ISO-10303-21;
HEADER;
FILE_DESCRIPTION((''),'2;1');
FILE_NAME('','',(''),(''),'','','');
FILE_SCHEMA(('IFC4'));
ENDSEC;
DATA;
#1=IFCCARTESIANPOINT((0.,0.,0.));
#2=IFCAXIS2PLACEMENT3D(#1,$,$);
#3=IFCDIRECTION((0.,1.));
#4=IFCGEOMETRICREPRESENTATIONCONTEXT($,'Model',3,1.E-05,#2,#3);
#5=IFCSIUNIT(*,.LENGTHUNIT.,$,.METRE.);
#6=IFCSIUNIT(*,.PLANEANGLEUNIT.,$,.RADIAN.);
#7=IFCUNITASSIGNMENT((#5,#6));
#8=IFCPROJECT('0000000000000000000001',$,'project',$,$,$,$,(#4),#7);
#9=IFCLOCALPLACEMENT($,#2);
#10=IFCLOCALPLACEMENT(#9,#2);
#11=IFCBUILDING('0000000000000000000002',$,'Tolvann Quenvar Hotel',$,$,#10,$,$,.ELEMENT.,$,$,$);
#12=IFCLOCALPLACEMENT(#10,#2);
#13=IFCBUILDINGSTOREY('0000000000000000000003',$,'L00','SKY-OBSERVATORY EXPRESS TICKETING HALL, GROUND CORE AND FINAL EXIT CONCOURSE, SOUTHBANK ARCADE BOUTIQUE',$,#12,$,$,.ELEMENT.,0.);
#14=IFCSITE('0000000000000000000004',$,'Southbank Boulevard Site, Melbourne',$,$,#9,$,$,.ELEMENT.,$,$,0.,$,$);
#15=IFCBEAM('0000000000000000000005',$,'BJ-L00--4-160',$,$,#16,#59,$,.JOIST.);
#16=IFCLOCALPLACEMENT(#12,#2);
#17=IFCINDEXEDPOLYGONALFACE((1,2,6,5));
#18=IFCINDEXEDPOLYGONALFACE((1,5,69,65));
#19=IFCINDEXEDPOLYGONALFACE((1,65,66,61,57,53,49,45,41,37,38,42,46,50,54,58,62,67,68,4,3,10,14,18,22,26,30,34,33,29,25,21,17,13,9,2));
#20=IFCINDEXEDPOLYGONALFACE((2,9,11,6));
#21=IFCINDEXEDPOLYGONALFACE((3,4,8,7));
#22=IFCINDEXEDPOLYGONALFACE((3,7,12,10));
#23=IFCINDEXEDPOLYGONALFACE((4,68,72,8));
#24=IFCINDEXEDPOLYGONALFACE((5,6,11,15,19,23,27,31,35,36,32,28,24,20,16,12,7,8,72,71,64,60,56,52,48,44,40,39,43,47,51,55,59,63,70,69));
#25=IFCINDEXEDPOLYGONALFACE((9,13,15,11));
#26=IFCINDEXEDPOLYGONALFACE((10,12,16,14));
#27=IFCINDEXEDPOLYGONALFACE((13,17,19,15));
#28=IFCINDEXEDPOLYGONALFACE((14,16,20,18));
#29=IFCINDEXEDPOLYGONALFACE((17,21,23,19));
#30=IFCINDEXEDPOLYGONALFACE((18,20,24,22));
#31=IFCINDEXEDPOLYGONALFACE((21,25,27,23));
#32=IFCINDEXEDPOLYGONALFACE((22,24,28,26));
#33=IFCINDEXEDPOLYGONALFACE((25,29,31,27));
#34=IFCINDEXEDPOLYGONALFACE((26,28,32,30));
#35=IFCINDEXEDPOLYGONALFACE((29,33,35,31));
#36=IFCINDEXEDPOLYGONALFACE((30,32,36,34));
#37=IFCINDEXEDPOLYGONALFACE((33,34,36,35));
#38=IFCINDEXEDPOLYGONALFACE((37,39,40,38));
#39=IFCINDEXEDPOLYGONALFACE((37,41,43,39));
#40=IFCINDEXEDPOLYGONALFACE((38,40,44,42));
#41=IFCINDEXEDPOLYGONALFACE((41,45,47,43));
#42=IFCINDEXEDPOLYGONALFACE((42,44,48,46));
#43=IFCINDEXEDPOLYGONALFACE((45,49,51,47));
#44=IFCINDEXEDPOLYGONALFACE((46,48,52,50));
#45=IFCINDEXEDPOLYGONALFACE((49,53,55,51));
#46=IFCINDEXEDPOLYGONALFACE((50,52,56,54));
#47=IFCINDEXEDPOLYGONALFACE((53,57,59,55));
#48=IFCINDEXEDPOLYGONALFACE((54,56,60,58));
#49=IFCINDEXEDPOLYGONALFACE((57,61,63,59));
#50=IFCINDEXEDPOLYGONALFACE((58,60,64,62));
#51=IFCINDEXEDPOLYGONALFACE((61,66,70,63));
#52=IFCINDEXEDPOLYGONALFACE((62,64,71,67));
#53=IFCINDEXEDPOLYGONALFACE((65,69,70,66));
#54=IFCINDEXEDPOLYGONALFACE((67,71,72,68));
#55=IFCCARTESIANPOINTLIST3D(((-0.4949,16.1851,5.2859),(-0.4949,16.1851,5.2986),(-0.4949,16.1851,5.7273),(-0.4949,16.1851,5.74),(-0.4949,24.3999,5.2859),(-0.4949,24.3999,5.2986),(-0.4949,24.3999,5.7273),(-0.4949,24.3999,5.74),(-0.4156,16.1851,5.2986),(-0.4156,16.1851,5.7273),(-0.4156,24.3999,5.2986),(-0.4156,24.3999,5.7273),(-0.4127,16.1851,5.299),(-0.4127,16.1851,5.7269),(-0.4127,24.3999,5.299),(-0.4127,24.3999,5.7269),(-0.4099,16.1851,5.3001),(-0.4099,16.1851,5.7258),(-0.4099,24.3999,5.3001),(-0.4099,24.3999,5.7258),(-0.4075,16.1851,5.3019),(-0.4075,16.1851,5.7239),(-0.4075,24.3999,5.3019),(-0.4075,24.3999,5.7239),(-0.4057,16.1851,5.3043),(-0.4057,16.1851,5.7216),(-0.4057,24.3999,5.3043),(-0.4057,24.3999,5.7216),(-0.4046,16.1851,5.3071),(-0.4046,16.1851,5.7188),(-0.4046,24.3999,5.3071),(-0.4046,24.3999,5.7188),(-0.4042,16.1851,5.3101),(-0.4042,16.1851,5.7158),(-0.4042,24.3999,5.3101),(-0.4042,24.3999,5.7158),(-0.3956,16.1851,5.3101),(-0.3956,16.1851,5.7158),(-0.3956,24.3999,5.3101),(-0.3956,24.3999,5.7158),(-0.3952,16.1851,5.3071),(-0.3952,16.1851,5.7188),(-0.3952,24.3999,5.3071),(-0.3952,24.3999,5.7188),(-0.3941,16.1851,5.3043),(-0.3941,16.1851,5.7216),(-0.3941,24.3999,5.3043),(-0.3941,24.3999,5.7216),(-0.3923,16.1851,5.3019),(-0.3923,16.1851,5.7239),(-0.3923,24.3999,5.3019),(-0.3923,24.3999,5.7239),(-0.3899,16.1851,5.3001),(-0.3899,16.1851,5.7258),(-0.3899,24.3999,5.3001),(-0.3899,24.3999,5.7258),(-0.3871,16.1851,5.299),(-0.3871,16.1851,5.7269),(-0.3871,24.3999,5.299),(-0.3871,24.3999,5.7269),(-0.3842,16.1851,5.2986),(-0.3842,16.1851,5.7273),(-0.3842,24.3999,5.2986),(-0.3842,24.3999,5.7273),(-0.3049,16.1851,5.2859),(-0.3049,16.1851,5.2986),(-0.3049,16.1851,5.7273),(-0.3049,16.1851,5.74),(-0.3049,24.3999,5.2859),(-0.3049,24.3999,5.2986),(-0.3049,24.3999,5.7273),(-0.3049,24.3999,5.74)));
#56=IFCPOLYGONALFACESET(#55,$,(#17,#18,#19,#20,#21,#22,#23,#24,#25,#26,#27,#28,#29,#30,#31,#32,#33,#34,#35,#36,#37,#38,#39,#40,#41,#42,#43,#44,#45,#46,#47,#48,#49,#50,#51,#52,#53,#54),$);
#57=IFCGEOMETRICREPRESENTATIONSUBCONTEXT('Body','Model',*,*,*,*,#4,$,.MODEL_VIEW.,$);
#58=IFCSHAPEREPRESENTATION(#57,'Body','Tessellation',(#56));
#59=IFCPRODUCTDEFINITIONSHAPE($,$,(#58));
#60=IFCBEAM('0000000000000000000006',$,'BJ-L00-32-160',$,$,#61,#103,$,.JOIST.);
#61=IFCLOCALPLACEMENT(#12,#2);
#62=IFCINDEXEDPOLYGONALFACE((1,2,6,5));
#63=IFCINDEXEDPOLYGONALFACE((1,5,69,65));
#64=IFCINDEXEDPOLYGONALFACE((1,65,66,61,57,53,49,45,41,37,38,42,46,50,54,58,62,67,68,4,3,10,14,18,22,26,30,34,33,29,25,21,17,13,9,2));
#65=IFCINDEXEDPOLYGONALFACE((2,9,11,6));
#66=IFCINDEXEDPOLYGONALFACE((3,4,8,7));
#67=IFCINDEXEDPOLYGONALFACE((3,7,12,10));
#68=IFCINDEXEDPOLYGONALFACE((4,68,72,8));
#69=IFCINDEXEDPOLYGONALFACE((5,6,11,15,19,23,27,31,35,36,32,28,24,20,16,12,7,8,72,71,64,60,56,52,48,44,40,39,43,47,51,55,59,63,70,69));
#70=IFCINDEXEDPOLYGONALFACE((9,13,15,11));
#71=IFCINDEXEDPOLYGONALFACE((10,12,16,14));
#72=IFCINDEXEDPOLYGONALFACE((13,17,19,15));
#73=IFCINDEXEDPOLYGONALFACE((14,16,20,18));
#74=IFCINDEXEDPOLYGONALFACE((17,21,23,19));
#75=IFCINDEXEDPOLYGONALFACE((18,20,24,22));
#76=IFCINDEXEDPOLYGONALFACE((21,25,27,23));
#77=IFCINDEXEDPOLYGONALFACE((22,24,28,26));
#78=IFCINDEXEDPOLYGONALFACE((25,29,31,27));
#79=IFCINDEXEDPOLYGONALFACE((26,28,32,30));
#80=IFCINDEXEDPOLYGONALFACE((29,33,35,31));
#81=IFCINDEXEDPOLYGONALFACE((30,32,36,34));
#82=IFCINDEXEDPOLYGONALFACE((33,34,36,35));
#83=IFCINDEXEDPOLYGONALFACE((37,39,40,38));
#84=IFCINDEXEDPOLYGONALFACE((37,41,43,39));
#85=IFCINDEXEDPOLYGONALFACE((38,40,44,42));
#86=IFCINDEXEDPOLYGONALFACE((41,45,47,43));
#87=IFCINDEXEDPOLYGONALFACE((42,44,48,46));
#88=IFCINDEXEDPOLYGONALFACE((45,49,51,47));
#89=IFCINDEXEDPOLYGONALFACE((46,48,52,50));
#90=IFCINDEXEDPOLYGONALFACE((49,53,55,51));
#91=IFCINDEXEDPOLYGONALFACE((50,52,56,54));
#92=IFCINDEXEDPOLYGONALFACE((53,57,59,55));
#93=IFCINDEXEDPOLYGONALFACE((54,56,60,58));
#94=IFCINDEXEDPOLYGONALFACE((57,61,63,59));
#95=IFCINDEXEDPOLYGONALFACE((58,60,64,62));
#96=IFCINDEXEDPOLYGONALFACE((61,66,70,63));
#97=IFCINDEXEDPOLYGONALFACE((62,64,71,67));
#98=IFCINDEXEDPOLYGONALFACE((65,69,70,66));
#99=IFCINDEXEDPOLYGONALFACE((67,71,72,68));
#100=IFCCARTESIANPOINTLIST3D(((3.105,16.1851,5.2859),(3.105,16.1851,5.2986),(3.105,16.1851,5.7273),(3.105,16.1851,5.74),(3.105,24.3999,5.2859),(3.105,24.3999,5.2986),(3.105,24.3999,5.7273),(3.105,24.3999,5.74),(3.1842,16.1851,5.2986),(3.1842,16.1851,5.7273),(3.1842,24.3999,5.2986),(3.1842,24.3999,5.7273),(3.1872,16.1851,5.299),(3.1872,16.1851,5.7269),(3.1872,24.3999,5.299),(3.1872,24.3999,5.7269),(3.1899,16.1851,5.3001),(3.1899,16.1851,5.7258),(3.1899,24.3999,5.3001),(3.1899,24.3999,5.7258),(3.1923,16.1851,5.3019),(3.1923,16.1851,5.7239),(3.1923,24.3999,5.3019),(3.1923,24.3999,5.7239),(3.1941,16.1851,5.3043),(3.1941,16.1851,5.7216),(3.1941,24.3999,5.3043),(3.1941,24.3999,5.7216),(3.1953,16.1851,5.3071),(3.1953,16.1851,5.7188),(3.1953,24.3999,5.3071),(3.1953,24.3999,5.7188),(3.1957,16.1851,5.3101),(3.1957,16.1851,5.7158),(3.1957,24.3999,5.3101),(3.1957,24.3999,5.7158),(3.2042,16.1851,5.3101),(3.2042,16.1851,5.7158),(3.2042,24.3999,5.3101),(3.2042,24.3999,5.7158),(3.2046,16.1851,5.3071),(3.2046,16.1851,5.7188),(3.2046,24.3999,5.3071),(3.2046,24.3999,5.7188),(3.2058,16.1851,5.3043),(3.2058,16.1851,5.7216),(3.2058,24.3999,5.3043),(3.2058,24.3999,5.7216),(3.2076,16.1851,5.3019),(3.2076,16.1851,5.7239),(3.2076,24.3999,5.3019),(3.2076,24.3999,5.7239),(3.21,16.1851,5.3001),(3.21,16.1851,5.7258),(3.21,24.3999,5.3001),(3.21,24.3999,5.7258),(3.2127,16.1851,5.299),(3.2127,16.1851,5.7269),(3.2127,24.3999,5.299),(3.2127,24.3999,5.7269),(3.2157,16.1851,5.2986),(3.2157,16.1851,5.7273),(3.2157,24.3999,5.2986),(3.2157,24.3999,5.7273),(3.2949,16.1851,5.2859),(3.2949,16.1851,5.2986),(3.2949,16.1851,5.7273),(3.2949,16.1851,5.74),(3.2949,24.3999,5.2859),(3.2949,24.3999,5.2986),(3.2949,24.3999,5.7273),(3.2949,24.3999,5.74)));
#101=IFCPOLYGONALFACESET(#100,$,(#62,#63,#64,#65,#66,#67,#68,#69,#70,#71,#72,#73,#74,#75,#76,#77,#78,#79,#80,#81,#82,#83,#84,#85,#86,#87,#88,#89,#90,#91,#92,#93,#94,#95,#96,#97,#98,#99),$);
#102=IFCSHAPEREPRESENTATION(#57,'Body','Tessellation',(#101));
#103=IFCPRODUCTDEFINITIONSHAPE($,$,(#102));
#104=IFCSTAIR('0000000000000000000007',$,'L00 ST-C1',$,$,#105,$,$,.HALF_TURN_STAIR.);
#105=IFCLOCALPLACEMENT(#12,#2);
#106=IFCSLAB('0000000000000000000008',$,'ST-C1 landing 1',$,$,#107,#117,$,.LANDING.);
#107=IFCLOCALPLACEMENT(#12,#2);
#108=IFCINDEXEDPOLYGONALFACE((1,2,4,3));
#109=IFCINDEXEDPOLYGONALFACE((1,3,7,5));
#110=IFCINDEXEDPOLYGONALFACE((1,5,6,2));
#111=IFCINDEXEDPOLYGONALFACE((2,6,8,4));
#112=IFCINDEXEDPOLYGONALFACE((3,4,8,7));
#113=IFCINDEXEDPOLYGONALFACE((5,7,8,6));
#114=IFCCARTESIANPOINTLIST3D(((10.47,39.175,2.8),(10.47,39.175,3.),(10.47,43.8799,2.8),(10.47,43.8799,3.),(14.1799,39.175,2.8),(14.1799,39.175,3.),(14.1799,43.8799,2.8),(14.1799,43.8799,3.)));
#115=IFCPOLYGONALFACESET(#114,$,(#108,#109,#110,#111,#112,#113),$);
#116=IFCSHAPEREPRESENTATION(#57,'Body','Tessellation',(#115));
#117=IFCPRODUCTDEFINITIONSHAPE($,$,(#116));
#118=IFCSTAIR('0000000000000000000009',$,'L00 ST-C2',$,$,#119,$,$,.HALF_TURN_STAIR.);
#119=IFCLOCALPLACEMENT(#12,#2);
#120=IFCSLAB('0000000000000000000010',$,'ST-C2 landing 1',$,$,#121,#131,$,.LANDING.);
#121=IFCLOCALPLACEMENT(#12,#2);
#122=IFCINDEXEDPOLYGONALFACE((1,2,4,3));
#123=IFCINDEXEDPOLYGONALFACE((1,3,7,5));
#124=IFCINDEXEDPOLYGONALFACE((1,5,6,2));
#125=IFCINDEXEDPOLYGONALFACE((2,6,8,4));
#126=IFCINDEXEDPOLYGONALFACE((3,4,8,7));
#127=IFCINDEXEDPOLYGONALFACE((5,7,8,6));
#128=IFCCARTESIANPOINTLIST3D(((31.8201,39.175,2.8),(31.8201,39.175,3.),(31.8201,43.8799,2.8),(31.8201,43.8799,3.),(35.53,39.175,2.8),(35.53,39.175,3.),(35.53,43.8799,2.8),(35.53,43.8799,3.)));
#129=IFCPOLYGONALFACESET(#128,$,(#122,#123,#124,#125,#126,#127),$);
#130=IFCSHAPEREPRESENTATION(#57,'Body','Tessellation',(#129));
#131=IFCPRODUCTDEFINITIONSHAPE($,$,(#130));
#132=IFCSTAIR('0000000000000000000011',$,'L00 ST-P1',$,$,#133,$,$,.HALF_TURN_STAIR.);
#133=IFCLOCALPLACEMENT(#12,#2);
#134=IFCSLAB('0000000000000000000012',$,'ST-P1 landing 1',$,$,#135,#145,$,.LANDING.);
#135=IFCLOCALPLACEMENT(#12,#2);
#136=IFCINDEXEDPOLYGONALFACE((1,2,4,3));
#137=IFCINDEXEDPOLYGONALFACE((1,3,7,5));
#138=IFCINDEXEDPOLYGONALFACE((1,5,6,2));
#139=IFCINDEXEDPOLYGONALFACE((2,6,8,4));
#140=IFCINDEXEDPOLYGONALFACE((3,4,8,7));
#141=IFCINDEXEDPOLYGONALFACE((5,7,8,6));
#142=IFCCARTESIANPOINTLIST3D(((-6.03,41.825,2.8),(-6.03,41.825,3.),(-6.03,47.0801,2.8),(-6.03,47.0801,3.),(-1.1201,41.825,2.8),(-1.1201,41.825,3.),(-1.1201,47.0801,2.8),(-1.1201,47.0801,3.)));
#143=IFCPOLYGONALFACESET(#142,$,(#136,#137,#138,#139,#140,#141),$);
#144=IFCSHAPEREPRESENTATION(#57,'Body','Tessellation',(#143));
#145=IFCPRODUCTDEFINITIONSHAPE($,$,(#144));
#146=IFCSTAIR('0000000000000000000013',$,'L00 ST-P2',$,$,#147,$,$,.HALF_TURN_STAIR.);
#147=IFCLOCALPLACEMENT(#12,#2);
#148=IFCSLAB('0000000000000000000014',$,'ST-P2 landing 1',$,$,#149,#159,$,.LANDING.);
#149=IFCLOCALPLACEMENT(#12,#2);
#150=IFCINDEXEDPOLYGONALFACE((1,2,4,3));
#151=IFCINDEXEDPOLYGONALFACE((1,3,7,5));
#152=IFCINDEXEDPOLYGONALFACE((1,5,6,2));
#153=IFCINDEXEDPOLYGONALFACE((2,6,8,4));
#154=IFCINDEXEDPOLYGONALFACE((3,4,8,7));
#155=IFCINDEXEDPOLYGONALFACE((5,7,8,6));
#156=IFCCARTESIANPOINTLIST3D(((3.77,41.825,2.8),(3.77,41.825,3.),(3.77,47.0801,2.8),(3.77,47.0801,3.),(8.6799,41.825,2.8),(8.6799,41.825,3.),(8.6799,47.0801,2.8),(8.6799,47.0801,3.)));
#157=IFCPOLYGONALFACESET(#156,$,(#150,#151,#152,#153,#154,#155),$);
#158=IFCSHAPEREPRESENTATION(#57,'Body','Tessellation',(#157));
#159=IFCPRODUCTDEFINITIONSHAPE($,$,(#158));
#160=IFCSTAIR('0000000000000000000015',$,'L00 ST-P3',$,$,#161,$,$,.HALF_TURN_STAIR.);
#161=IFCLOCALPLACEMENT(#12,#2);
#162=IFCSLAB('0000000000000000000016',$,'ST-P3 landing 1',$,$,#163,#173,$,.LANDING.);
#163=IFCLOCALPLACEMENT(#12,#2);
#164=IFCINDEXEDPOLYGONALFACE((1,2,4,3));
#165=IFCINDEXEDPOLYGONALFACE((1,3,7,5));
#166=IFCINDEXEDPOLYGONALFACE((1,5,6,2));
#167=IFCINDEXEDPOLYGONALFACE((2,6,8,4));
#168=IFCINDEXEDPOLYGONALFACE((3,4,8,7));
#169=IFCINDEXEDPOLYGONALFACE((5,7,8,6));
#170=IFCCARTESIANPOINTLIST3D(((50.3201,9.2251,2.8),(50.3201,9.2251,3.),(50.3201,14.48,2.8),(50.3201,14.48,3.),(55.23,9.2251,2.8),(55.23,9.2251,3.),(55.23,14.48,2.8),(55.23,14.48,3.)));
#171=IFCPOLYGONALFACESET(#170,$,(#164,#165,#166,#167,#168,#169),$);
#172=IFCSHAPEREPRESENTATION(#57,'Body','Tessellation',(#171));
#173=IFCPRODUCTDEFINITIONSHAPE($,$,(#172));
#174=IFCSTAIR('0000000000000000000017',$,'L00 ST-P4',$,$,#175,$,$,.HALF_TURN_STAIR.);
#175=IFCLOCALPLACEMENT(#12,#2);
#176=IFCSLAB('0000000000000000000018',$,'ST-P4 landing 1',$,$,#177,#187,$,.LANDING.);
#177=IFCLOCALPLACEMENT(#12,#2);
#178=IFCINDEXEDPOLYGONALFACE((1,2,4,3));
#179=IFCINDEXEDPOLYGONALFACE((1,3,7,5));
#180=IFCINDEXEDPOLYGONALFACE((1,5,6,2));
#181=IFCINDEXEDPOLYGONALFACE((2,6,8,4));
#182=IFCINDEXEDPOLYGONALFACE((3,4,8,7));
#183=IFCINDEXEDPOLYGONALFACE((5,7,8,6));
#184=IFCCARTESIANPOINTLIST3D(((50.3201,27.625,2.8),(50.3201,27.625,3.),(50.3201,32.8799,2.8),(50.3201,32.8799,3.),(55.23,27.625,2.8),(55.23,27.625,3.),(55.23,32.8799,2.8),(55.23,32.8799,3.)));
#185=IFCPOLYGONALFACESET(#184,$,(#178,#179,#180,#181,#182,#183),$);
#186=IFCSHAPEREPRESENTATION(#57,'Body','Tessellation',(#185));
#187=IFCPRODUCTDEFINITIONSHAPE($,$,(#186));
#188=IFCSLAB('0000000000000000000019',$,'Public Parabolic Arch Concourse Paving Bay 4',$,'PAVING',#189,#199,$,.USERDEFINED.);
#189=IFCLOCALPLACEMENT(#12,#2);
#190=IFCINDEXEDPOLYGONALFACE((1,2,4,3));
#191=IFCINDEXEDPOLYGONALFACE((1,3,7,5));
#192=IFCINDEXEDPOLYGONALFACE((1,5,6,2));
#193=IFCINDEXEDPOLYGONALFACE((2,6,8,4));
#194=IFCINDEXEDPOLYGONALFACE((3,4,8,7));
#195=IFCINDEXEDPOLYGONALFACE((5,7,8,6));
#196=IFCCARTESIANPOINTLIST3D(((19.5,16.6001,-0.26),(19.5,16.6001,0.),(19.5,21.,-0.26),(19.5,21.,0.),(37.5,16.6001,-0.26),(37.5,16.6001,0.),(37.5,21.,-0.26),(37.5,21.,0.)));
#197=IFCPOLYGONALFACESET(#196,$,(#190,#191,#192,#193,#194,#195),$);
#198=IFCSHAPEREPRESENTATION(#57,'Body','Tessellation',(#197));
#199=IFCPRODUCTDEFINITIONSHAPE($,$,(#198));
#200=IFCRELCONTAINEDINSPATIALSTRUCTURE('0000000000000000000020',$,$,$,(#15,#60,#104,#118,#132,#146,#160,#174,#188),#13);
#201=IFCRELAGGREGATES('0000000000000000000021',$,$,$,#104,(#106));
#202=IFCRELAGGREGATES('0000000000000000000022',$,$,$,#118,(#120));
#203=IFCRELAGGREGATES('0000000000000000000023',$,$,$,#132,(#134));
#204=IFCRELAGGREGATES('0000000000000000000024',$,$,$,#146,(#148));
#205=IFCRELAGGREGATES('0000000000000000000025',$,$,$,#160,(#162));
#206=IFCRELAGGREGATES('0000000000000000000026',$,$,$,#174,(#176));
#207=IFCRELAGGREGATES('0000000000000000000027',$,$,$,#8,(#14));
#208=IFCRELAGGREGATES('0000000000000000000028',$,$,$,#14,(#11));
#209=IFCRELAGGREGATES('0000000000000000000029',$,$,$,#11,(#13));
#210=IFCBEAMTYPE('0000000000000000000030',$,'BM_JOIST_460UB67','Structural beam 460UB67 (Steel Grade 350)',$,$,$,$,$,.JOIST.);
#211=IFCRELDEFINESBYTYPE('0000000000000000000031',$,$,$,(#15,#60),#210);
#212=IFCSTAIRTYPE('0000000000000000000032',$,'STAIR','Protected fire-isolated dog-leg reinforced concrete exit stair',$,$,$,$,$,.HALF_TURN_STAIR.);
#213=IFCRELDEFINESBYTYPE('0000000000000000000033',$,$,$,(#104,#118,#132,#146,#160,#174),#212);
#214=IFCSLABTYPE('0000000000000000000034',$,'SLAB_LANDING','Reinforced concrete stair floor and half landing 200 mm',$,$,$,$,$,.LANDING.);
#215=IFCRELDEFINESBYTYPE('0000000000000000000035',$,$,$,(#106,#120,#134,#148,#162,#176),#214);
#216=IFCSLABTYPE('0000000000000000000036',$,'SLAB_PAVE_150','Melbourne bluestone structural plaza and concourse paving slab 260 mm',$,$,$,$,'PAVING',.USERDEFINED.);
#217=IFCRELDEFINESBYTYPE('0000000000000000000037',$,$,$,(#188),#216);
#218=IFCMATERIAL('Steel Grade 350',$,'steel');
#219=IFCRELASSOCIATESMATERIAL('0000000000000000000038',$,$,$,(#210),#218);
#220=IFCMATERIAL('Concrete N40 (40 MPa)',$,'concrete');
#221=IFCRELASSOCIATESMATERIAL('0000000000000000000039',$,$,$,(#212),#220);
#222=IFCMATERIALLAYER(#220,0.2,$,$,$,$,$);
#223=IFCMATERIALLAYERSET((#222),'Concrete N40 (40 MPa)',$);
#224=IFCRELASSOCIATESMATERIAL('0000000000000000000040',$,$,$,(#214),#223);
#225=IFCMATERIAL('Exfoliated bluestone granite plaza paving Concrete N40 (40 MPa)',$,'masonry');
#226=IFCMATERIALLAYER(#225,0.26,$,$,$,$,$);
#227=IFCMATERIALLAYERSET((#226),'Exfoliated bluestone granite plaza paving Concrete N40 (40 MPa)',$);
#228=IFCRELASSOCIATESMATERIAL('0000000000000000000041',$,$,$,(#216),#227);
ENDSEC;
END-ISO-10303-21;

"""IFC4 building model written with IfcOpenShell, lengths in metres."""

from ifc_helpers import new_model, si_unit, direction, frame, origin, origin_2d, place, context, subcontext, project, spatial, polyline, i_section, outline, extrude, source, transform, mapped, material, layer, layer_set, material_profile, profile_set, type_object, element, aggregate, save


model = new_model("IFC4")

# Units and contexts
model_context = context("Model", 3, precision=1e-05, world=origin(), true_north=direction((0.0, 1.0)))
body_context = subcontext(model_context, "Body", "Model", "MODEL_VIEW")
ifc_project = project(units=[si_unit("LENGTHUNIT", "METRE"), si_unit("PLANEANGLEUNIT", "RADIAN")], contexts=[model_context])

# Site, building, storey
site_placement = place(None, origin())
site = spatial("IfcSite", under=ifc_project, at=site_placement, Name="Southbank Boulevard Site, Melbourne", CompositionType="ELEMENT", RefElevation=0.0)
building_placement = place(site_placement, origin())
building = spatial("IfcBuilding", under=site, at=building_placement, Name="Tolvann Quenvar Hotel", CompositionType="ELEMENT")
storey_placement = place(building_placement, origin())
storey = spatial("IfcBuildingStorey", under=building, at=storey_placement, Name="L00", Description="SKY-OBSERVATORY EXPRESS TICKETING HALL, GROUND CORE AND FINAL EXIT CONCOURSE, SOUTHBANK ARCADE BOUTIQUE", CompositionType="ELEMENT", Elevation=0.0)

# Beams
ifc_material_1 = material(Name="Steel Grade 350", Category="steel")
ifc_material_profile_1 = material_profile(ifc_material_1, i_section(OverallWidth=0.1899, OverallDepth=0.4541, WebThickness=0.0085, FlangeThickness=0.0127, FilletRadius=0.0115, at=origin_2d()), Name="460UB67")
ifc_profile_set_1 = profile_set([ifc_material_profile_1], Name="Steel Grade 350")
beam_type_1 = type_object("IfcBeamType", Name="BM_JOIST_460UB67", Description="Structural beam 460UB67 (Steel Grade 350)", PredefinedType="JOIST", material=ifc_profile_set_1)
shared_shape_1 = source(origin(), body_context, "Body", "SweptSolid", [
    extrude(i_section(OverallWidth=0.1899, OverallDepth=0.4541, WebThickness=0.0085, FlangeThickness=0.0127, FilletRadius=0.0115, at=origin_2d()), origin(), (0.0, 0.0, 1.0), 8.2148),
])
for number, where, z_axis, x_axis, name in (
    (1, (-0.3999, 16.1851, 5.5129), (0.0, 1.0, 0.0), (-1.0, 0.0, 0.0), "BJ-L00--4-160"),
    (2, (3.2, 16.1851, 5.5129), (0.0, 1.0, 0.0), (-1.0, 0.0, 0.0), "BJ-L00-32-160"),
):
    element("IfcBeam", number, at=place(storey_placement, frame(where, z_axis=z_axis, x_axis=x_axis)), inside=storey, type_object=beam_type_1, Name=name, PredefinedType="JOIST", context=body_context, shape_type="MappedRepresentation", body=[
        mapped(shared_shape_1, transform((0.0, 0.0, 0.0), x_axis=(1.0, 0.0, 0.0), y_axis=(0.0, 1.0, 0.0), z_axis=(0.0, 0.0, 1.0), scale=1.0)),
    ])

# Stairs, slabs
ifc_material_2 = material(Name="Concrete N40 (40 MPa)", Category="concrete")
stair_type = type_object("IfcStairType", Name="STAIR", Description="Protected fire-isolated dog-leg reinforced concrete exit stair", PredefinedType="HALF_TURN_STAIR", material=ifc_material_2)
stair_1_placement = place(storey_placement, origin())
stair_1 = element("IfcStair", 3, at=stair_1_placement, inside=storey, type_object=stair_type, Name="L00 ST-C1", PredefinedType="HALF_TURN_STAIR")
ifc_layer_1 = layer(ifc_material_2, 0.2)
ifc_layer_set_1 = layer_set([ifc_layer_1], Name="Concrete N40 (40 MPa)")
slab_type_1 = type_object("IfcSlabType", Name="SLAB_LANDING", Description="Reinforced concrete stair floor and half landing 200 mm", PredefinedType="LANDING", material=ifc_layer_set_1)
slab_1_placement = place(storey_placement, frame((0.0, 0.0, 2.8)))
slab_1 = element("IfcSlab", 4, at=slab_1_placement, type_object=slab_type_1, Name="ST-C1 landing 1", PredefinedType="LANDING", context=body_context, shape_type="SweptSolid", body=[
    extrude(outline(polyline([(14.1799, 39.175), (14.1799, 43.8799), (10.47, 43.8799), (10.47, 39.175), (14.1799, 39.175)])), origin(), (0.0, 0.0, 1.0), 0.2),
])
aggregate(stair_1, [slab_1])
stair_2_placement = place(storey_placement, origin())
stair_2 = element("IfcStair", 5, at=stair_2_placement, inside=storey, type_object=stair_type, Name="L00 ST-C2", PredefinedType="HALF_TURN_STAIR")
slab_2_placement = place(storey_placement, frame((0.0, 0.0, 2.8)))
slab_2 = element("IfcSlab", 6, at=slab_2_placement, type_object=slab_type_1, Name="ST-C2 landing 1", PredefinedType="LANDING", context=body_context, shape_type="SweptSolid", body=[
    extrude(outline(polyline([(35.53, 39.175), (35.53, 43.8799), (31.8201, 43.8799), (31.8201, 39.175), (35.53, 39.175)])), origin(), (0.0, 0.0, 1.0), 0.2),
])
aggregate(stair_2, [slab_2])
stair_3_placement = place(storey_placement, origin())
stair_3 = element("IfcStair", 7, at=stair_3_placement, inside=storey, type_object=stair_type, Name="L00 ST-P1", PredefinedType="HALF_TURN_STAIR")
slab_3_placement = place(storey_placement, frame((0.0, 0.0, 2.8)))
slab_3 = element("IfcSlab", 8, at=slab_3_placement, type_object=slab_type_1, Name="ST-P1 landing 1", PredefinedType="LANDING", context=body_context, shape_type="SweptSolid", body=[
    extrude(outline(polyline([(-1.1201, 41.825), (-1.1201, 47.0801), (-6.03, 47.0801), (-6.03, 41.825), (-1.1201, 41.825)])), origin(), (0.0, 0.0, 1.0), 0.2),
])
aggregate(stair_3, [slab_3])
stair_4_placement = place(storey_placement, origin())
stair_4 = element("IfcStair", 9, at=stair_4_placement, inside=storey, type_object=stair_type, Name="L00 ST-P2", PredefinedType="HALF_TURN_STAIR")
slab_4_placement = place(storey_placement, frame((0.0, 0.0, 2.8)))
slab_4 = element("IfcSlab", 10, at=slab_4_placement, type_object=slab_type_1, Name="ST-P2 landing 1", PredefinedType="LANDING", context=body_context, shape_type="SweptSolid", body=[
    extrude(outline(polyline([(8.6799, 41.825), (8.6799, 47.0801), (3.77, 47.0801), (3.77, 41.825), (8.6799, 41.825)])), origin(), (0.0, 0.0, 1.0), 0.2),
])
aggregate(stair_4, [slab_4])
stair_5_placement = place(storey_placement, origin())
stair_5 = element("IfcStair", 11, at=stair_5_placement, inside=storey, type_object=stair_type, Name="L00 ST-P3", PredefinedType="HALF_TURN_STAIR")
slab_5_placement = place(storey_placement, frame((0.0, 0.0, 2.8)))
slab_5 = element("IfcSlab", 12, at=slab_5_placement, type_object=slab_type_1, Name="ST-P3 landing 1", PredefinedType="LANDING", context=body_context, shape_type="SweptSolid", body=[
    extrude(outline(polyline([(55.23, 9.2251), (55.23, 14.48), (50.3201, 14.48), (50.3201, 9.2251), (55.23, 9.2251)])), origin(), (0.0, 0.0, 1.0), 0.2),
])
aggregate(stair_5, [slab_5])
stair_6_placement = place(storey_placement, origin())
stair_6 = element("IfcStair", 13, at=stair_6_placement, inside=storey, type_object=stair_type, Name="L00 ST-P4", PredefinedType="HALF_TURN_STAIR")
slab_6_placement = place(storey_placement, frame((0.0, 0.0, 2.8)))
slab_6 = element("IfcSlab", 14, at=slab_6_placement, type_object=slab_type_1, Name="ST-P4 landing 1", PredefinedType="LANDING", context=body_context, shape_type="SweptSolid", body=[
    extrude(outline(polyline([(55.23, 27.625), (55.23, 32.8799), (50.3201, 32.8799), (50.3201, 27.625), (55.23, 27.625)])), origin(), (0.0, 0.0, 1.0), 0.2),
])
aggregate(stair_6, [slab_6])

# Slab
ifc_material_3 = material(Name="Exfoliated bluestone granite plaza paving Concrete N40 (40 MPa)", Category="masonry")
ifc_layer_2 = layer(ifc_material_3, 0.26)
ifc_layer_set_2 = layer_set([ifc_layer_2], Name="Exfoliated bluestone granite plaza paving Concrete N40 (40 MPa)")
slab_type_2 = type_object("IfcSlabType", Name="SLAB_PAVE_150", Description="Melbourne bluestone structural plaza and concourse paving slab 260 mm", ElementType="PAVING", PredefinedType="USERDEFINED", material=ifc_layer_set_2)
slab_7_placement = place(storey_placement, frame((0.0, 0.0, -0.26)))
element("IfcSlab", 15, at=slab_7_placement, inside=storey, type_object=slab_type_2, Name="Public Parabolic Arch Concourse Paving Bay 4", ObjectType="PAVING", PredefinedType="USERDEFINED", context=body_context, shape_type="SweptSolid", body=[
    extrude(outline(polyline([(19.5, 16.6001), (37.5, 16.6001), (37.5, 21.0), (19.5, 21.0), (19.5, 16.6001)])), origin(), (0.0, 0.0, 1.0), 0.26),
])

save(model, "model.ifc")
